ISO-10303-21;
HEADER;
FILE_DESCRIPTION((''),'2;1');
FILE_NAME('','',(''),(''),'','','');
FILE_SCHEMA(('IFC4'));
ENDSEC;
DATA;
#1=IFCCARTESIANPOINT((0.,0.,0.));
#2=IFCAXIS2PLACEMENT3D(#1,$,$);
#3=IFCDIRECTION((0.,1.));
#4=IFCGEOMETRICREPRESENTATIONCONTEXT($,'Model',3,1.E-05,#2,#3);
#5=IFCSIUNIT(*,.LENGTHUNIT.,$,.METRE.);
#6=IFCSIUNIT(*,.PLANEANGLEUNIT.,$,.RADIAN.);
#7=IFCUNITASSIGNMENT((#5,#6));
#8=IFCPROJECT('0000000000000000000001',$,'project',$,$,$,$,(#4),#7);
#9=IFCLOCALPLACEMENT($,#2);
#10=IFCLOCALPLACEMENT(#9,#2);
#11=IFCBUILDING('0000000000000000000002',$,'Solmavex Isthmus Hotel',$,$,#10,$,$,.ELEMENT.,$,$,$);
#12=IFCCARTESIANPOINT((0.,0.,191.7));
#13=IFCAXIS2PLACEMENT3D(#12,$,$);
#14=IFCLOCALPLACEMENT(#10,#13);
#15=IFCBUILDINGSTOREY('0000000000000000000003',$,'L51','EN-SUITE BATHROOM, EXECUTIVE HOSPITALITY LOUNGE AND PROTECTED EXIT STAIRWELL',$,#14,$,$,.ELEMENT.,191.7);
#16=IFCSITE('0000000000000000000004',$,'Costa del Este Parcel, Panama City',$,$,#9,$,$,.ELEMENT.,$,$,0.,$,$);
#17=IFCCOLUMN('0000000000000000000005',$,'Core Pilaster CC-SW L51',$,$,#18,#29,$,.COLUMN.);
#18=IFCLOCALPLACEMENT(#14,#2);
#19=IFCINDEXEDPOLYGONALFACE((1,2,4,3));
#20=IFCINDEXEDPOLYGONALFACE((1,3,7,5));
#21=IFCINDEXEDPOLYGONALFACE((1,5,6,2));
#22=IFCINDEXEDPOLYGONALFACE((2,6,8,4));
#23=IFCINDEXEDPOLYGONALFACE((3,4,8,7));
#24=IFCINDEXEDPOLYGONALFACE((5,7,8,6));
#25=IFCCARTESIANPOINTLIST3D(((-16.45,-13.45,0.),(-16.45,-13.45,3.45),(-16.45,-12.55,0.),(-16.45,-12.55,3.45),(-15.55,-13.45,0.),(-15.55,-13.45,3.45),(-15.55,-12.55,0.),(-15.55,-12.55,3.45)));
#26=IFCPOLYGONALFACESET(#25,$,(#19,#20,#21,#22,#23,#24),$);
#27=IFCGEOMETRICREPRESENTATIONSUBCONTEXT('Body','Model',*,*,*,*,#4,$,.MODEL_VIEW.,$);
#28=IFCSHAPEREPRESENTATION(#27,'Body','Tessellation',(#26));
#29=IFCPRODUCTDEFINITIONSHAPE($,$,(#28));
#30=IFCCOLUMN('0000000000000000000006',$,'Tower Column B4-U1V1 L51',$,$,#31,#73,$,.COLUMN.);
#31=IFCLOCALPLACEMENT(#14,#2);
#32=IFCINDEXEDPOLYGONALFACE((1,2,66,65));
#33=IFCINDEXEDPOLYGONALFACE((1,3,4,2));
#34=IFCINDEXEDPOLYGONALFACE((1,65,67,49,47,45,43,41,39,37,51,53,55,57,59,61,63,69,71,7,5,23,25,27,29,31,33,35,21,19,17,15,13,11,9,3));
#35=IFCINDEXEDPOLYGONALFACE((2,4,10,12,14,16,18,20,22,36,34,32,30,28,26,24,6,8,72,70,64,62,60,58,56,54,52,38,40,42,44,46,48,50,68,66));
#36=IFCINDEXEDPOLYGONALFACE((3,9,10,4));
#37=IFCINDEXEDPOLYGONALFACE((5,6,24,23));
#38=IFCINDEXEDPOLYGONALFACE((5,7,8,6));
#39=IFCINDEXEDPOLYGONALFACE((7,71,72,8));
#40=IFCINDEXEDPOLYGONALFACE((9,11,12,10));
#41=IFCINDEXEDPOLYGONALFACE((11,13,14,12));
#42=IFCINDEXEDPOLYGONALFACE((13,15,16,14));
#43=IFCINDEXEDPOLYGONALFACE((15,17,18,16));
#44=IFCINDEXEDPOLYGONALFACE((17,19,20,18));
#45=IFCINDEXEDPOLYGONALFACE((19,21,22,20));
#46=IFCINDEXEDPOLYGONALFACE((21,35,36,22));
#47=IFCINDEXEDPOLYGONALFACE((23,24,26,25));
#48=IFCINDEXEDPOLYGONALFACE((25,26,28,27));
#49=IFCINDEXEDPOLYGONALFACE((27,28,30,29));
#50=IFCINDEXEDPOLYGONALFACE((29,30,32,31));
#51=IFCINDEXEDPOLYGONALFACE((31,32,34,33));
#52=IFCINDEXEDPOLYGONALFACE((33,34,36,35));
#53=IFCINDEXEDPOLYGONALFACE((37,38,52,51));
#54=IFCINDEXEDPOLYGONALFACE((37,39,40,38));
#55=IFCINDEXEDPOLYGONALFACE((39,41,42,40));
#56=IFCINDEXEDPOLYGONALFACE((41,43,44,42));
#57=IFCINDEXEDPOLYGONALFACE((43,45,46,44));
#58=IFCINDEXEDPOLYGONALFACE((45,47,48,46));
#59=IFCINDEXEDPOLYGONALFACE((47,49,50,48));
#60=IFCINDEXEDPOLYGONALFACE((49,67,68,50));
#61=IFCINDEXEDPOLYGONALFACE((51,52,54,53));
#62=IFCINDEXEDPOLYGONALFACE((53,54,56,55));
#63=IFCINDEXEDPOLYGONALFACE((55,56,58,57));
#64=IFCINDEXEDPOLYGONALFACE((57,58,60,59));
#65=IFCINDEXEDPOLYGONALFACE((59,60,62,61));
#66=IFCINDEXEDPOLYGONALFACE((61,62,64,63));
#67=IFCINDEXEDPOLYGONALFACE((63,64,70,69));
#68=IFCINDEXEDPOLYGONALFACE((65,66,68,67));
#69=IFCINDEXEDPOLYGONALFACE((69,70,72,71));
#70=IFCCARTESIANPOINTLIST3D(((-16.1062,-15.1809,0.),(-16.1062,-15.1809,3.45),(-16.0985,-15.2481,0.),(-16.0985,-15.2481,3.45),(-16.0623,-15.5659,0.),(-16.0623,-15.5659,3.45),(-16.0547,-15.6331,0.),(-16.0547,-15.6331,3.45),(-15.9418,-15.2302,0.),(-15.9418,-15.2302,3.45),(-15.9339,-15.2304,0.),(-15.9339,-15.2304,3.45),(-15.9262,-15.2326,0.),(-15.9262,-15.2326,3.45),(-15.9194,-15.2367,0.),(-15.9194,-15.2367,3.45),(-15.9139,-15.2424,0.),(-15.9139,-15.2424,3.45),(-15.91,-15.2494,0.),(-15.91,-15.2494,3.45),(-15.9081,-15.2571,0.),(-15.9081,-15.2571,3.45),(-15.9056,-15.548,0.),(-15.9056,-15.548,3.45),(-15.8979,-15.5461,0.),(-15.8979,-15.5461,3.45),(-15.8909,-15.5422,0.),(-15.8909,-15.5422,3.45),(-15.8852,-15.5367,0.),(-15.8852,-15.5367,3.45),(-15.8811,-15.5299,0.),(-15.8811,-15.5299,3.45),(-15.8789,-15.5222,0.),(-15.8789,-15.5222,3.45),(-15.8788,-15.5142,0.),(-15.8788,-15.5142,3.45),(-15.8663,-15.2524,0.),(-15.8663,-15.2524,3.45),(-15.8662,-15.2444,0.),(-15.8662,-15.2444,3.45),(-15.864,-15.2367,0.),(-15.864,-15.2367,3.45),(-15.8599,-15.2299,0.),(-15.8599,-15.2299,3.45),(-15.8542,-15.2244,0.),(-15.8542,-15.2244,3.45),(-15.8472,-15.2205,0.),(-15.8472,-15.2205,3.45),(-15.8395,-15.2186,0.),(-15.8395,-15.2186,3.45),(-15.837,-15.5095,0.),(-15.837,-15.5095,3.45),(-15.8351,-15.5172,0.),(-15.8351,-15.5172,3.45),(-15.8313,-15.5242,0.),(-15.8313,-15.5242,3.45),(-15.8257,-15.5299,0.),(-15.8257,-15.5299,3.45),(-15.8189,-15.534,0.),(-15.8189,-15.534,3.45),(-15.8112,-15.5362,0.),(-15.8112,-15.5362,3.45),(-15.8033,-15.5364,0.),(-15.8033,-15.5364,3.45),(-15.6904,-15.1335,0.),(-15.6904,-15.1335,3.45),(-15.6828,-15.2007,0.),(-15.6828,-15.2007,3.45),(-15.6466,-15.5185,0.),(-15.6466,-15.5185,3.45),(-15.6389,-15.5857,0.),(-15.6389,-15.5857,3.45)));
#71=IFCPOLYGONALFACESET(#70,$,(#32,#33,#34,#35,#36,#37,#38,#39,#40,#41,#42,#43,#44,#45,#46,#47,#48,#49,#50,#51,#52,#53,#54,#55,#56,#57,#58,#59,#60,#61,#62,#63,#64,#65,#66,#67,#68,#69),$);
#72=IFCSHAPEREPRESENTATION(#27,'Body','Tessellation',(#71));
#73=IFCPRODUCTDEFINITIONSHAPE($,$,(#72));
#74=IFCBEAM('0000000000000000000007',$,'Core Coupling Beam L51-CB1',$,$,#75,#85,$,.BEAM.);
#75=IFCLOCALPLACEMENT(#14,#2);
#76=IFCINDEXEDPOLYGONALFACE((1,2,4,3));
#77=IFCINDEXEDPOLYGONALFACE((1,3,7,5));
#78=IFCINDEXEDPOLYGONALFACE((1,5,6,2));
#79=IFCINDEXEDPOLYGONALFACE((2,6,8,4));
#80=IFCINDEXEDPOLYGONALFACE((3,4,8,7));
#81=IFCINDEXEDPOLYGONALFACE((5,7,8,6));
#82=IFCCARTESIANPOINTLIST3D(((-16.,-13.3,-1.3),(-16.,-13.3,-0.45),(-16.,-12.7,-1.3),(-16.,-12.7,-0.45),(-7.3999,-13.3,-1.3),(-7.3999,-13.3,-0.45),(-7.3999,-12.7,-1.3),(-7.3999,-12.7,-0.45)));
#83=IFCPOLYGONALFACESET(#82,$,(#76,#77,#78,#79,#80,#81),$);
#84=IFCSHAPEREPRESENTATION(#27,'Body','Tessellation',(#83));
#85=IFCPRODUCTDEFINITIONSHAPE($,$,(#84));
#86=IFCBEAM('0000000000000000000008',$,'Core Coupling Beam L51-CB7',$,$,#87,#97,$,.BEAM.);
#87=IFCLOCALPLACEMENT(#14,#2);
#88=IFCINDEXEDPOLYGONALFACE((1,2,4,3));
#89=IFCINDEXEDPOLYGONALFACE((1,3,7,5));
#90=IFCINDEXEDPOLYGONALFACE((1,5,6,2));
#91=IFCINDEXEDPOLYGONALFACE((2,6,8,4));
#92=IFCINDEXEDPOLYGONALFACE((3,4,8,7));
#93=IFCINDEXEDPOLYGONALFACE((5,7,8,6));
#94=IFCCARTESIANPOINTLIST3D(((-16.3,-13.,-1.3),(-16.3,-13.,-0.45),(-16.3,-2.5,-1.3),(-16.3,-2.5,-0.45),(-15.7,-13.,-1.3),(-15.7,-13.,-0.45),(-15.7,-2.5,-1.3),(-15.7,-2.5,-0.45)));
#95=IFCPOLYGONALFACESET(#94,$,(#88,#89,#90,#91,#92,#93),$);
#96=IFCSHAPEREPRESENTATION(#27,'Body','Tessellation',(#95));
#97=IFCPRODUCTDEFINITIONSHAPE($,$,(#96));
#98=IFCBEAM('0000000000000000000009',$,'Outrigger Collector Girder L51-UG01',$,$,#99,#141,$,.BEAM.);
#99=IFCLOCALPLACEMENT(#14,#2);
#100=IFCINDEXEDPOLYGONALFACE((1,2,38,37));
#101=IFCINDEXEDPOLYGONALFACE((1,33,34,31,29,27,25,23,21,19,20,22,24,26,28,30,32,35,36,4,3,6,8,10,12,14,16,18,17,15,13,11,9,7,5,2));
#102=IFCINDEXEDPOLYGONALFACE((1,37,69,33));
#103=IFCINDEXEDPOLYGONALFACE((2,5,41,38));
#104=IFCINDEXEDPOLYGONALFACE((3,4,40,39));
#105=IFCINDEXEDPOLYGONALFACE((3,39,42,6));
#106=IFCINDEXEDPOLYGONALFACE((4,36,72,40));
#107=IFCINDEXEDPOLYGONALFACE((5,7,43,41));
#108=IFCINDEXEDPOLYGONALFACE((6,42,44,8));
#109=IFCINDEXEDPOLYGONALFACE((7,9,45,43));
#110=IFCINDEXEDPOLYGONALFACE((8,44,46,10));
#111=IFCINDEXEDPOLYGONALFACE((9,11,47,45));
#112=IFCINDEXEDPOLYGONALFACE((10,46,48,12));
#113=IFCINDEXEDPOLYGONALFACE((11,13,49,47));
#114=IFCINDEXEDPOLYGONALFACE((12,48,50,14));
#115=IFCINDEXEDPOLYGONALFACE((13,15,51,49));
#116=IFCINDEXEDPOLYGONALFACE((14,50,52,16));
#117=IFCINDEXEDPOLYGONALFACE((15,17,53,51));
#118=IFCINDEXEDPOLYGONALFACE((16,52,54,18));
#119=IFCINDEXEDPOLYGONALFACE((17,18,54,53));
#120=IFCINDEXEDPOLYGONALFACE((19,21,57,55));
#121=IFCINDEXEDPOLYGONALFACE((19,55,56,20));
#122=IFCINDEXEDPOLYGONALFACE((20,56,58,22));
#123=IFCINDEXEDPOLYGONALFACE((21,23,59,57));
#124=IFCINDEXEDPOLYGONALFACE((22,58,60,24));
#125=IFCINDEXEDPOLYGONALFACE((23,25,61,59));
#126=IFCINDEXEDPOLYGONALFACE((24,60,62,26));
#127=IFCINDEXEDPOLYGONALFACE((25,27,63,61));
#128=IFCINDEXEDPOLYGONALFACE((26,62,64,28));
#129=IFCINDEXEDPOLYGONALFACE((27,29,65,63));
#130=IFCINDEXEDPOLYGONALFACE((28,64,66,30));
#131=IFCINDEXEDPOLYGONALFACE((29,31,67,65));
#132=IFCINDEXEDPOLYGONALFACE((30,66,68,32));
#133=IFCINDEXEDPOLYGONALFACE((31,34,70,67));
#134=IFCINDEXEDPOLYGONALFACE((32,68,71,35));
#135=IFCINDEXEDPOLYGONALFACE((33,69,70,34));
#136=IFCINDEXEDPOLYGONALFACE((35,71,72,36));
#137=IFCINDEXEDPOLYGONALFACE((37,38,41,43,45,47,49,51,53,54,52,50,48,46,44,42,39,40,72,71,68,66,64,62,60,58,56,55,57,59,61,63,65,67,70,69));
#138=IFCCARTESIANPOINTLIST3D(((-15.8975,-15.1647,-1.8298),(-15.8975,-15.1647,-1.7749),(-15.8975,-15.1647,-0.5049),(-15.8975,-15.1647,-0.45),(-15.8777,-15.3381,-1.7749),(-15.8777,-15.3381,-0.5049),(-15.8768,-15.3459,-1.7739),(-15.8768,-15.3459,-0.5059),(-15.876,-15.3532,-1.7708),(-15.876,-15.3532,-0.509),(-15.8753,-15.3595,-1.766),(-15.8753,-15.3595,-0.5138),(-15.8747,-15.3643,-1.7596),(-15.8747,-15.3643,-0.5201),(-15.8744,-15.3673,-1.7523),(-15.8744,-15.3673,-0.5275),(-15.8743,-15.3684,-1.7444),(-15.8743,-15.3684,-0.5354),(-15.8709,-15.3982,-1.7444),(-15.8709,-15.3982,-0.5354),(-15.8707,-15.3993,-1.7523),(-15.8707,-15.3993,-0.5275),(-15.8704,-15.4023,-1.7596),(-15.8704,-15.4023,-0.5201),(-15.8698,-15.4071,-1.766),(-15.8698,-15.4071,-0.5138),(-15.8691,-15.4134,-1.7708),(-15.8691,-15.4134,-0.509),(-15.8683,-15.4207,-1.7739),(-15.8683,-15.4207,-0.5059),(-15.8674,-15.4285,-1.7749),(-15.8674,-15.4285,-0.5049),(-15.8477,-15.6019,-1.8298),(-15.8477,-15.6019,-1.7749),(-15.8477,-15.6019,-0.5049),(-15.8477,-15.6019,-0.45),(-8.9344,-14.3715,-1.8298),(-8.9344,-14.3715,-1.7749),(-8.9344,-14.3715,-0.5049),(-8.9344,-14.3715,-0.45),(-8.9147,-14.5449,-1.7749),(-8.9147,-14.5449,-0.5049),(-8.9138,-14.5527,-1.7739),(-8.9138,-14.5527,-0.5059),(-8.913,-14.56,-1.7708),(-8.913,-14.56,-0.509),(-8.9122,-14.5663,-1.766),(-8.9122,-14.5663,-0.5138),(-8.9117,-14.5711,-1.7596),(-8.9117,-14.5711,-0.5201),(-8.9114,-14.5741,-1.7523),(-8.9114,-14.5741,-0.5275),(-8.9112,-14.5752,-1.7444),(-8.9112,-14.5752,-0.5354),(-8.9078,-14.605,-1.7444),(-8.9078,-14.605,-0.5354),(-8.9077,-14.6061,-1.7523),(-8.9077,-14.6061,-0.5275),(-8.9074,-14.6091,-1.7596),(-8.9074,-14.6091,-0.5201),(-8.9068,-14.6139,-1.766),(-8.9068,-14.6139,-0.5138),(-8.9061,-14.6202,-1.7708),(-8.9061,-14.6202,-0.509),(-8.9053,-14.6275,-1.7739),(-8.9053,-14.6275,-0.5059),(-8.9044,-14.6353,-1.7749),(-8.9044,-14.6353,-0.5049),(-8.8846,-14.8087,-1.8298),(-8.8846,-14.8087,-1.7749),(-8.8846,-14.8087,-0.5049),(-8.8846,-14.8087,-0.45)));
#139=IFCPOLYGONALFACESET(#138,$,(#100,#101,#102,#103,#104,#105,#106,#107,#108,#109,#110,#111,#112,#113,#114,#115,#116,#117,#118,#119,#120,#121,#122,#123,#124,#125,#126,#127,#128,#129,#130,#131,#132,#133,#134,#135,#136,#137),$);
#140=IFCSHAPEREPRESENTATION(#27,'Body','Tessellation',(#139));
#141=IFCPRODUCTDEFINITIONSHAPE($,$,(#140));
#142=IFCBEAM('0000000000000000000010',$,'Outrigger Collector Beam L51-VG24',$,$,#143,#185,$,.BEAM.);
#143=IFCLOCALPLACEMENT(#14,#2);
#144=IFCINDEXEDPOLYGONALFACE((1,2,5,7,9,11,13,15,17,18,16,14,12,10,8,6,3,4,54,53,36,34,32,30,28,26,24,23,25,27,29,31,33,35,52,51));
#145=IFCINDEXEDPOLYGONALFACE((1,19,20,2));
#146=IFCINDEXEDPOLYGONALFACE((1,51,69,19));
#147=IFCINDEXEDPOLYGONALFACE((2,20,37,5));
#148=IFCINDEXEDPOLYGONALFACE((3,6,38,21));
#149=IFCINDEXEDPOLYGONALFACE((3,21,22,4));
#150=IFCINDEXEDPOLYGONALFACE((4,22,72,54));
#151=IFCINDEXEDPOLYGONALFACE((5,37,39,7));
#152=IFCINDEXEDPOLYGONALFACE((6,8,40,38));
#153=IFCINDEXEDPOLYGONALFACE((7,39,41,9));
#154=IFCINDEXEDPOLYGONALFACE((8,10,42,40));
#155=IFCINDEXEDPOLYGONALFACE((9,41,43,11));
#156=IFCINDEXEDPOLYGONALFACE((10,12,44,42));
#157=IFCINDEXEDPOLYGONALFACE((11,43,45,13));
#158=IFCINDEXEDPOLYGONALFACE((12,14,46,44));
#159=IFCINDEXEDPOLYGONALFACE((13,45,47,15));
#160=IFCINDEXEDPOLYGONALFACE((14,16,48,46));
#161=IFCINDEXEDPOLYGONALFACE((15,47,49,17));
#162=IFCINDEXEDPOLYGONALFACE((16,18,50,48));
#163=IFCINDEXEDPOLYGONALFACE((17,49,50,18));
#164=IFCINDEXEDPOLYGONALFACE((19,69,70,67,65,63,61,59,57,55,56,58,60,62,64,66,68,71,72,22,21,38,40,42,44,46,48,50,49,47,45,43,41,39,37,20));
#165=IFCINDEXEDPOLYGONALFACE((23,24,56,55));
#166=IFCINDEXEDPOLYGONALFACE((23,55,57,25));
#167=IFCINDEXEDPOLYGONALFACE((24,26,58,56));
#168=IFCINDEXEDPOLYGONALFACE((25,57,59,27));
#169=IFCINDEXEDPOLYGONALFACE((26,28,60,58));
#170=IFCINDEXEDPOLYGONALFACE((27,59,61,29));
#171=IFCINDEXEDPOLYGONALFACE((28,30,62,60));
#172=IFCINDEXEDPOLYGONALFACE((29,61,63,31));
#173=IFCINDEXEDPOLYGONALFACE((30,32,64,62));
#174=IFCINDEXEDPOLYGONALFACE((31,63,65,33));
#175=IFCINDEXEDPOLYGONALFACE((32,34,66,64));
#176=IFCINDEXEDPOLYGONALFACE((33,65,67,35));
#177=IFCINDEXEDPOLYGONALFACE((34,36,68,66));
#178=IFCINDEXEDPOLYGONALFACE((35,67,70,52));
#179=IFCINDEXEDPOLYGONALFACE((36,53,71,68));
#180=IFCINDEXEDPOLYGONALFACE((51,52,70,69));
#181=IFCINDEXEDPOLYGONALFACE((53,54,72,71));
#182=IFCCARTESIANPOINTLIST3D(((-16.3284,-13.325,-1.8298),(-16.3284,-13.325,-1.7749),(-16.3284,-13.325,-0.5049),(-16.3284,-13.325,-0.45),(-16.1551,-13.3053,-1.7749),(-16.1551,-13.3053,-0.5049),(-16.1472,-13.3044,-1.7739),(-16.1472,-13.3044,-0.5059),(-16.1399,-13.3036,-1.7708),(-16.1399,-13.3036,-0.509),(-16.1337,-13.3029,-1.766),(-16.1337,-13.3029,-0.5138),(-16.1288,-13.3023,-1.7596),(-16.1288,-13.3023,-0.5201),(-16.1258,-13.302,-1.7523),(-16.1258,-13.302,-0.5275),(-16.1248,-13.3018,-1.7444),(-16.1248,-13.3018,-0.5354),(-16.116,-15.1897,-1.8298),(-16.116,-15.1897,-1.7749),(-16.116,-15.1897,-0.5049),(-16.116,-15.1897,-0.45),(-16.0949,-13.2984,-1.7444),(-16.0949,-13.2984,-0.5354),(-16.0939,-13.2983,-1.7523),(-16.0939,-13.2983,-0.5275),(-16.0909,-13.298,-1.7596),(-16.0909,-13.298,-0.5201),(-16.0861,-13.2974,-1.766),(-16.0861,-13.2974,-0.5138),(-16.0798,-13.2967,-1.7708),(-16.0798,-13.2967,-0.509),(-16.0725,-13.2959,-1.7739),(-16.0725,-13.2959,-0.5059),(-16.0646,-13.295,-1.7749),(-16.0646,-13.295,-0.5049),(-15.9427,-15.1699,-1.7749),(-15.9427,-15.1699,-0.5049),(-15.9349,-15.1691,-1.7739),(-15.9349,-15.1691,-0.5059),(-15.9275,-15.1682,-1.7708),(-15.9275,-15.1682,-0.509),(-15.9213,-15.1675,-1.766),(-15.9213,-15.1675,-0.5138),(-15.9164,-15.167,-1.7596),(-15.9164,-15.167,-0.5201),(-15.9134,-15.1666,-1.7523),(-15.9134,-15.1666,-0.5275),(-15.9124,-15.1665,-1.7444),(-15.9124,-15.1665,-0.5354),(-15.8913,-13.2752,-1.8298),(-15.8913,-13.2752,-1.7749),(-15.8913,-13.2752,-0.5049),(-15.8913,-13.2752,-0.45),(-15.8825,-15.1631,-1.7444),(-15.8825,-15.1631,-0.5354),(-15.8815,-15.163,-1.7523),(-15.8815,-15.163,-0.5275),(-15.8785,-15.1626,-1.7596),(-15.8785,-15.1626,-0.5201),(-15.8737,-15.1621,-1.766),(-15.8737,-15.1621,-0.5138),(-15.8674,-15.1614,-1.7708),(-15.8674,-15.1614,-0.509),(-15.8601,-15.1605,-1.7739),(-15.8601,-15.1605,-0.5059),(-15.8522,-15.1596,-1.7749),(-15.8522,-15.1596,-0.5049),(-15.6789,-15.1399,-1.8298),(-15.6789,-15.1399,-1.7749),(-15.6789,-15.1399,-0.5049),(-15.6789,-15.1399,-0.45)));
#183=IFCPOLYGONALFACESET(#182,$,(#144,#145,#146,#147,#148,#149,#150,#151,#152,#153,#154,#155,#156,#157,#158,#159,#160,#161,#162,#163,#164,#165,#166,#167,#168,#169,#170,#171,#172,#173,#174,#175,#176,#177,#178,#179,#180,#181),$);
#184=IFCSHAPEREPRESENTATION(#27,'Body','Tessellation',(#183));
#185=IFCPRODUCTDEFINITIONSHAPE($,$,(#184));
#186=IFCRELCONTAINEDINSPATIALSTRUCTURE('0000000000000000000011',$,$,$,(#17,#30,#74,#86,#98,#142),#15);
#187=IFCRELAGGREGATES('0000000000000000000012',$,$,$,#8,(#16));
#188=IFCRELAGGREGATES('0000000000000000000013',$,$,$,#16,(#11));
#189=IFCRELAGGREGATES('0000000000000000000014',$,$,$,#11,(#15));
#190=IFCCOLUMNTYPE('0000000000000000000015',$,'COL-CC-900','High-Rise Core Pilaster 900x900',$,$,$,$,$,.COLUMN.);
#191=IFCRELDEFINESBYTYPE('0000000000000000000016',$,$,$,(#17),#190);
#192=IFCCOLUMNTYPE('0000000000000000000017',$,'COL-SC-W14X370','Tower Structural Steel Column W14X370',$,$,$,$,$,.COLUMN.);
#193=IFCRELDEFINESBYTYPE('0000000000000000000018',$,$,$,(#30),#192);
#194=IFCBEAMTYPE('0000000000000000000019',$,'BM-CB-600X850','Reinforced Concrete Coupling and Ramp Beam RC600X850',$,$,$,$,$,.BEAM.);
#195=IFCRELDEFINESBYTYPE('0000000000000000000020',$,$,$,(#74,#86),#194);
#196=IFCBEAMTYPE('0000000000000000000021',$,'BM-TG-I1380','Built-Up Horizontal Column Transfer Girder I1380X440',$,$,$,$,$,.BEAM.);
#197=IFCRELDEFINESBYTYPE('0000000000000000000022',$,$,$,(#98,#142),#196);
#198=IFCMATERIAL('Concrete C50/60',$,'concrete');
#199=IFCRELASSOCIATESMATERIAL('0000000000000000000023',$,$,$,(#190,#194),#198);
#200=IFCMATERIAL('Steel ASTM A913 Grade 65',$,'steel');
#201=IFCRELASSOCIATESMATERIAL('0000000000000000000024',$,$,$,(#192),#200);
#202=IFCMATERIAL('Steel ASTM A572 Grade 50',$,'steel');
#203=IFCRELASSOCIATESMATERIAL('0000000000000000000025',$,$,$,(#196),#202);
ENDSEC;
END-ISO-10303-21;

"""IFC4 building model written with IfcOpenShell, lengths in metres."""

from ifc_helpers import new_model, si_unit, direction, frame, origin, origin_2d, place, context, subcontext, project, spatial, rectangle, i_section, extrude, material, material_profile, profile_set, type_object, element, save


model = new_model("IFC4")

# Units and contexts
model_context = context("Model", 3, precision=1e-05, world=origin(), true_north=direction((0.0, 1.0)))
body_context = subcontext(model_context, "Body", "Model", "MODEL_VIEW")
ifc_project = project(units=[si_unit("LENGTHUNIT", "METRE"), si_unit("PLANEANGLEUNIT", "RADIAN")], contexts=[model_context])

# Site, building, storey
site_placement = place(None, origin())
site = spatial("IfcSite", under=ifc_project, at=site_placement, Name="Costa del Este Parcel, Panama City", CompositionType="ELEMENT", RefElevation=0.0)
building_placement = place(site_placement, origin())
building = spatial("IfcBuilding", under=site, at=building_placement, Name="Solmavex Isthmus Hotel", CompositionType="ELEMENT")
storey_placement = place(building_placement, frame((0.0, 0.0, 191.7)))
storey = spatial("IfcBuildingStorey", under=building, at=storey_placement, Name="L51", Description="EN-SUITE BATHROOM, EXECUTIVE HOSPITALITY LOUNGE AND PROTECTED EXIT STAIRWELL", CompositionType="ELEMENT", Elevation=191.7)

# Columns
ifc_material_1 = material(Name="Concrete C50/60", Category="concrete")
ifc_material_profile_1 = material_profile(ifc_material_1, rectangle(XDim=0.8999, YDim=0.8999, at=origin_2d()), Name="RC900X900")
ifc_profile_set_1 = profile_set([ifc_material_profile_1], Name="Concrete C50/60")
column_type_1 = type_object("IfcColumnType", Name="COL-CC-900", Description="High-Rise Core Pilaster 900x900", PredefinedType="COLUMN", material=ifc_profile_set_1)
column_1_placement = place(storey_placement, frame((-16.0, -13.0, 0.0), z_axis=(0.0, 0.0, 1.0), x_axis=(1.0, 0.0, 0.0)))
element("IfcColumn", 1, at=column_1_placement, inside=storey, type_object=column_type_1, Name="Core Pilaster CC-SW L51", PredefinedType="COLUMN", context=body_context, shape_type="SweptSolid", body=[
    extrude(rectangle(XDim=0.8999, YDim=0.8999, at=origin_2d()), origin(), (0.0, 0.0, 1.0), 3.45),
])
ifc_material_2 = material(Name="Steel ASTM A913 Grade 65", Category="steel")
ifc_material_profile_2 = material_profile(ifc_material_2, i_section(OverallWidth=0.4185, OverallDepth=0.4551, WebThickness=0.042, FlangeThickness=0.0676, FilletRadius=0.0305, at=origin_2d()), Name="W14X370")
ifc_profile_set_2 = profile_set([ifc_material_profile_2], Name="Steel ASTM A913 Grade 65")
column_type_2 = type_object("IfcColumnType", Name="COL-SC-W14X370", Description="Tower Structural Steel Column W14X370", PredefinedType="COLUMN", material=ifc_profile_set_2)
column_2_placement = place(storey_placement, frame((-15.8726, -15.3833, 0.0), z_axis=(0.0, 0.0, 1.0), x_axis=(0.993572, 0.113203, 0.0)))
element("IfcColumn", 2, at=column_2_placement, inside=storey, type_object=column_type_2, Name="Tower Column B4-U1V1 L51", PredefinedType="COLUMN", context=body_context, shape_type="SweptSolid", body=[
    extrude(i_section(OverallWidth=0.4185, OverallDepth=0.4551, WebThickness=0.042, FlangeThickness=0.0676, FilletRadius=0.0305, at=origin_2d()), origin(), (0.0, 0.0, 1.0), 3.45),
])

# Beams
ifc_material_profile_3 = material_profile(ifc_material_1, rectangle(XDim=0.6001, YDim=0.8501, at=origin_2d()), Name="RC600X850")
ifc_profile_set_3 = profile_set([ifc_material_profile_3], Name="Concrete C50/60")
beam_type_1 = type_object("IfcBeamType", Name="BM-CB-600X850", Description="Reinforced Concrete Coupling and Ramp Beam RC600X850", PredefinedType="BEAM", material=ifc_profile_set_3)
beam_1_placement = place(storey_placement, frame((-16.0, -13.0, -0.875), z_axis=(1.0, 0.0, 0.0), x_axis=(0.0, 1.0, 0.0)))
element("IfcBeam", 3, at=beam_1_placement, inside=storey, type_object=beam_type_1, Name="Core Coupling Beam L51-CB1", PredefinedType="BEAM", context=body_context, shape_type="SweptSolid", body=[
    extrude(rectangle(XDim=0.6001, YDim=0.8501, at=origin_2d()), origin(), (0.0, 0.0, 1.0), 8.6001),
])
beam_2_placement = place(storey_placement, frame((-16.0, -13.0, -0.875), z_axis=(0.0, 1.0, 0.0), x_axis=(-1.0, 0.0, 0.0)))
element("IfcBeam", 4, at=beam_2_placement, inside=storey, type_object=beam_type_1, Name="Core Coupling Beam L51-CB7", PredefinedType="BEAM", context=body_context, shape_type="SweptSolid", body=[
    extrude(rectangle(XDim=0.6001, YDim=0.8501, at=origin_2d()), origin(), (0.0, 0.0, 1.0), 10.5),
])
ifc_material_3 = material(Name="Steel ASTM A572 Grade 50", Category="steel")
ifc_material_profile_4 = material_profile(ifc_material_3, i_section(OverallWidth=0.4399, OverallDepth=1.3799, WebThickness=0.03, FlangeThickness=0.0549, FilletRadius=0.0305, at=origin_2d()), Name="I1380X440")
ifc_profile_set_4 = profile_set([ifc_material_profile_4], Name="Steel ASTM A572 Grade 50")
beam_type_2 = type_object("IfcBeamType", Name="BM-TG-I1380", Description="Built-Up Horizontal Column Transfer Girder I1380X440", PredefinedType="BEAM", material=ifc_profile_set_4)
beam_3_placement = place(storey_placement, frame((-15.8726, -15.3833, -1.1399), z_axis=(0.993574, 0.113184, 0.0), x_axis=(-0.113184, 0.993574, 0.0)))
element("IfcBeam", 5, at=beam_3_placement, inside=storey, type_object=beam_type_2, Name="Outrigger Collector Girder L51-UG01", PredefinedType="BEAM", context=body_context, shape_type="SweptSolid", body=[
    extrude(i_section(OverallWidth=0.4399, OverallDepth=1.3799, WebThickness=0.03, FlangeThickness=0.0549, FilletRadius=0.0305, at=origin_2d()), origin(), (0.0, 0.0, 1.0), 7.0081),
])
beam_4_placement = place(storey_placement, frame((-15.8975, -15.1648, -1.1399), z_axis=(-0.113172, 0.993575, 0.0), x_axis=(-0.993575, -0.113172, 0.0)))
element("IfcBeam", 6, at=beam_4_placement, inside=storey, type_object=beam_type_2, Name="Outrigger Collector Beam L51-VG24", PredefinedType="BEAM", context=body_context, shape_type="SweptSolid", body=[
    extrude(i_section(OverallWidth=0.4399, OverallDepth=1.3799, WebThickness=0.03, FlangeThickness=0.0549, FilletRadius=0.0305, at=origin_2d()), origin(), (0.0, 0.0, 1.0), 1.8767),
])

save(model, "model.ifc")
